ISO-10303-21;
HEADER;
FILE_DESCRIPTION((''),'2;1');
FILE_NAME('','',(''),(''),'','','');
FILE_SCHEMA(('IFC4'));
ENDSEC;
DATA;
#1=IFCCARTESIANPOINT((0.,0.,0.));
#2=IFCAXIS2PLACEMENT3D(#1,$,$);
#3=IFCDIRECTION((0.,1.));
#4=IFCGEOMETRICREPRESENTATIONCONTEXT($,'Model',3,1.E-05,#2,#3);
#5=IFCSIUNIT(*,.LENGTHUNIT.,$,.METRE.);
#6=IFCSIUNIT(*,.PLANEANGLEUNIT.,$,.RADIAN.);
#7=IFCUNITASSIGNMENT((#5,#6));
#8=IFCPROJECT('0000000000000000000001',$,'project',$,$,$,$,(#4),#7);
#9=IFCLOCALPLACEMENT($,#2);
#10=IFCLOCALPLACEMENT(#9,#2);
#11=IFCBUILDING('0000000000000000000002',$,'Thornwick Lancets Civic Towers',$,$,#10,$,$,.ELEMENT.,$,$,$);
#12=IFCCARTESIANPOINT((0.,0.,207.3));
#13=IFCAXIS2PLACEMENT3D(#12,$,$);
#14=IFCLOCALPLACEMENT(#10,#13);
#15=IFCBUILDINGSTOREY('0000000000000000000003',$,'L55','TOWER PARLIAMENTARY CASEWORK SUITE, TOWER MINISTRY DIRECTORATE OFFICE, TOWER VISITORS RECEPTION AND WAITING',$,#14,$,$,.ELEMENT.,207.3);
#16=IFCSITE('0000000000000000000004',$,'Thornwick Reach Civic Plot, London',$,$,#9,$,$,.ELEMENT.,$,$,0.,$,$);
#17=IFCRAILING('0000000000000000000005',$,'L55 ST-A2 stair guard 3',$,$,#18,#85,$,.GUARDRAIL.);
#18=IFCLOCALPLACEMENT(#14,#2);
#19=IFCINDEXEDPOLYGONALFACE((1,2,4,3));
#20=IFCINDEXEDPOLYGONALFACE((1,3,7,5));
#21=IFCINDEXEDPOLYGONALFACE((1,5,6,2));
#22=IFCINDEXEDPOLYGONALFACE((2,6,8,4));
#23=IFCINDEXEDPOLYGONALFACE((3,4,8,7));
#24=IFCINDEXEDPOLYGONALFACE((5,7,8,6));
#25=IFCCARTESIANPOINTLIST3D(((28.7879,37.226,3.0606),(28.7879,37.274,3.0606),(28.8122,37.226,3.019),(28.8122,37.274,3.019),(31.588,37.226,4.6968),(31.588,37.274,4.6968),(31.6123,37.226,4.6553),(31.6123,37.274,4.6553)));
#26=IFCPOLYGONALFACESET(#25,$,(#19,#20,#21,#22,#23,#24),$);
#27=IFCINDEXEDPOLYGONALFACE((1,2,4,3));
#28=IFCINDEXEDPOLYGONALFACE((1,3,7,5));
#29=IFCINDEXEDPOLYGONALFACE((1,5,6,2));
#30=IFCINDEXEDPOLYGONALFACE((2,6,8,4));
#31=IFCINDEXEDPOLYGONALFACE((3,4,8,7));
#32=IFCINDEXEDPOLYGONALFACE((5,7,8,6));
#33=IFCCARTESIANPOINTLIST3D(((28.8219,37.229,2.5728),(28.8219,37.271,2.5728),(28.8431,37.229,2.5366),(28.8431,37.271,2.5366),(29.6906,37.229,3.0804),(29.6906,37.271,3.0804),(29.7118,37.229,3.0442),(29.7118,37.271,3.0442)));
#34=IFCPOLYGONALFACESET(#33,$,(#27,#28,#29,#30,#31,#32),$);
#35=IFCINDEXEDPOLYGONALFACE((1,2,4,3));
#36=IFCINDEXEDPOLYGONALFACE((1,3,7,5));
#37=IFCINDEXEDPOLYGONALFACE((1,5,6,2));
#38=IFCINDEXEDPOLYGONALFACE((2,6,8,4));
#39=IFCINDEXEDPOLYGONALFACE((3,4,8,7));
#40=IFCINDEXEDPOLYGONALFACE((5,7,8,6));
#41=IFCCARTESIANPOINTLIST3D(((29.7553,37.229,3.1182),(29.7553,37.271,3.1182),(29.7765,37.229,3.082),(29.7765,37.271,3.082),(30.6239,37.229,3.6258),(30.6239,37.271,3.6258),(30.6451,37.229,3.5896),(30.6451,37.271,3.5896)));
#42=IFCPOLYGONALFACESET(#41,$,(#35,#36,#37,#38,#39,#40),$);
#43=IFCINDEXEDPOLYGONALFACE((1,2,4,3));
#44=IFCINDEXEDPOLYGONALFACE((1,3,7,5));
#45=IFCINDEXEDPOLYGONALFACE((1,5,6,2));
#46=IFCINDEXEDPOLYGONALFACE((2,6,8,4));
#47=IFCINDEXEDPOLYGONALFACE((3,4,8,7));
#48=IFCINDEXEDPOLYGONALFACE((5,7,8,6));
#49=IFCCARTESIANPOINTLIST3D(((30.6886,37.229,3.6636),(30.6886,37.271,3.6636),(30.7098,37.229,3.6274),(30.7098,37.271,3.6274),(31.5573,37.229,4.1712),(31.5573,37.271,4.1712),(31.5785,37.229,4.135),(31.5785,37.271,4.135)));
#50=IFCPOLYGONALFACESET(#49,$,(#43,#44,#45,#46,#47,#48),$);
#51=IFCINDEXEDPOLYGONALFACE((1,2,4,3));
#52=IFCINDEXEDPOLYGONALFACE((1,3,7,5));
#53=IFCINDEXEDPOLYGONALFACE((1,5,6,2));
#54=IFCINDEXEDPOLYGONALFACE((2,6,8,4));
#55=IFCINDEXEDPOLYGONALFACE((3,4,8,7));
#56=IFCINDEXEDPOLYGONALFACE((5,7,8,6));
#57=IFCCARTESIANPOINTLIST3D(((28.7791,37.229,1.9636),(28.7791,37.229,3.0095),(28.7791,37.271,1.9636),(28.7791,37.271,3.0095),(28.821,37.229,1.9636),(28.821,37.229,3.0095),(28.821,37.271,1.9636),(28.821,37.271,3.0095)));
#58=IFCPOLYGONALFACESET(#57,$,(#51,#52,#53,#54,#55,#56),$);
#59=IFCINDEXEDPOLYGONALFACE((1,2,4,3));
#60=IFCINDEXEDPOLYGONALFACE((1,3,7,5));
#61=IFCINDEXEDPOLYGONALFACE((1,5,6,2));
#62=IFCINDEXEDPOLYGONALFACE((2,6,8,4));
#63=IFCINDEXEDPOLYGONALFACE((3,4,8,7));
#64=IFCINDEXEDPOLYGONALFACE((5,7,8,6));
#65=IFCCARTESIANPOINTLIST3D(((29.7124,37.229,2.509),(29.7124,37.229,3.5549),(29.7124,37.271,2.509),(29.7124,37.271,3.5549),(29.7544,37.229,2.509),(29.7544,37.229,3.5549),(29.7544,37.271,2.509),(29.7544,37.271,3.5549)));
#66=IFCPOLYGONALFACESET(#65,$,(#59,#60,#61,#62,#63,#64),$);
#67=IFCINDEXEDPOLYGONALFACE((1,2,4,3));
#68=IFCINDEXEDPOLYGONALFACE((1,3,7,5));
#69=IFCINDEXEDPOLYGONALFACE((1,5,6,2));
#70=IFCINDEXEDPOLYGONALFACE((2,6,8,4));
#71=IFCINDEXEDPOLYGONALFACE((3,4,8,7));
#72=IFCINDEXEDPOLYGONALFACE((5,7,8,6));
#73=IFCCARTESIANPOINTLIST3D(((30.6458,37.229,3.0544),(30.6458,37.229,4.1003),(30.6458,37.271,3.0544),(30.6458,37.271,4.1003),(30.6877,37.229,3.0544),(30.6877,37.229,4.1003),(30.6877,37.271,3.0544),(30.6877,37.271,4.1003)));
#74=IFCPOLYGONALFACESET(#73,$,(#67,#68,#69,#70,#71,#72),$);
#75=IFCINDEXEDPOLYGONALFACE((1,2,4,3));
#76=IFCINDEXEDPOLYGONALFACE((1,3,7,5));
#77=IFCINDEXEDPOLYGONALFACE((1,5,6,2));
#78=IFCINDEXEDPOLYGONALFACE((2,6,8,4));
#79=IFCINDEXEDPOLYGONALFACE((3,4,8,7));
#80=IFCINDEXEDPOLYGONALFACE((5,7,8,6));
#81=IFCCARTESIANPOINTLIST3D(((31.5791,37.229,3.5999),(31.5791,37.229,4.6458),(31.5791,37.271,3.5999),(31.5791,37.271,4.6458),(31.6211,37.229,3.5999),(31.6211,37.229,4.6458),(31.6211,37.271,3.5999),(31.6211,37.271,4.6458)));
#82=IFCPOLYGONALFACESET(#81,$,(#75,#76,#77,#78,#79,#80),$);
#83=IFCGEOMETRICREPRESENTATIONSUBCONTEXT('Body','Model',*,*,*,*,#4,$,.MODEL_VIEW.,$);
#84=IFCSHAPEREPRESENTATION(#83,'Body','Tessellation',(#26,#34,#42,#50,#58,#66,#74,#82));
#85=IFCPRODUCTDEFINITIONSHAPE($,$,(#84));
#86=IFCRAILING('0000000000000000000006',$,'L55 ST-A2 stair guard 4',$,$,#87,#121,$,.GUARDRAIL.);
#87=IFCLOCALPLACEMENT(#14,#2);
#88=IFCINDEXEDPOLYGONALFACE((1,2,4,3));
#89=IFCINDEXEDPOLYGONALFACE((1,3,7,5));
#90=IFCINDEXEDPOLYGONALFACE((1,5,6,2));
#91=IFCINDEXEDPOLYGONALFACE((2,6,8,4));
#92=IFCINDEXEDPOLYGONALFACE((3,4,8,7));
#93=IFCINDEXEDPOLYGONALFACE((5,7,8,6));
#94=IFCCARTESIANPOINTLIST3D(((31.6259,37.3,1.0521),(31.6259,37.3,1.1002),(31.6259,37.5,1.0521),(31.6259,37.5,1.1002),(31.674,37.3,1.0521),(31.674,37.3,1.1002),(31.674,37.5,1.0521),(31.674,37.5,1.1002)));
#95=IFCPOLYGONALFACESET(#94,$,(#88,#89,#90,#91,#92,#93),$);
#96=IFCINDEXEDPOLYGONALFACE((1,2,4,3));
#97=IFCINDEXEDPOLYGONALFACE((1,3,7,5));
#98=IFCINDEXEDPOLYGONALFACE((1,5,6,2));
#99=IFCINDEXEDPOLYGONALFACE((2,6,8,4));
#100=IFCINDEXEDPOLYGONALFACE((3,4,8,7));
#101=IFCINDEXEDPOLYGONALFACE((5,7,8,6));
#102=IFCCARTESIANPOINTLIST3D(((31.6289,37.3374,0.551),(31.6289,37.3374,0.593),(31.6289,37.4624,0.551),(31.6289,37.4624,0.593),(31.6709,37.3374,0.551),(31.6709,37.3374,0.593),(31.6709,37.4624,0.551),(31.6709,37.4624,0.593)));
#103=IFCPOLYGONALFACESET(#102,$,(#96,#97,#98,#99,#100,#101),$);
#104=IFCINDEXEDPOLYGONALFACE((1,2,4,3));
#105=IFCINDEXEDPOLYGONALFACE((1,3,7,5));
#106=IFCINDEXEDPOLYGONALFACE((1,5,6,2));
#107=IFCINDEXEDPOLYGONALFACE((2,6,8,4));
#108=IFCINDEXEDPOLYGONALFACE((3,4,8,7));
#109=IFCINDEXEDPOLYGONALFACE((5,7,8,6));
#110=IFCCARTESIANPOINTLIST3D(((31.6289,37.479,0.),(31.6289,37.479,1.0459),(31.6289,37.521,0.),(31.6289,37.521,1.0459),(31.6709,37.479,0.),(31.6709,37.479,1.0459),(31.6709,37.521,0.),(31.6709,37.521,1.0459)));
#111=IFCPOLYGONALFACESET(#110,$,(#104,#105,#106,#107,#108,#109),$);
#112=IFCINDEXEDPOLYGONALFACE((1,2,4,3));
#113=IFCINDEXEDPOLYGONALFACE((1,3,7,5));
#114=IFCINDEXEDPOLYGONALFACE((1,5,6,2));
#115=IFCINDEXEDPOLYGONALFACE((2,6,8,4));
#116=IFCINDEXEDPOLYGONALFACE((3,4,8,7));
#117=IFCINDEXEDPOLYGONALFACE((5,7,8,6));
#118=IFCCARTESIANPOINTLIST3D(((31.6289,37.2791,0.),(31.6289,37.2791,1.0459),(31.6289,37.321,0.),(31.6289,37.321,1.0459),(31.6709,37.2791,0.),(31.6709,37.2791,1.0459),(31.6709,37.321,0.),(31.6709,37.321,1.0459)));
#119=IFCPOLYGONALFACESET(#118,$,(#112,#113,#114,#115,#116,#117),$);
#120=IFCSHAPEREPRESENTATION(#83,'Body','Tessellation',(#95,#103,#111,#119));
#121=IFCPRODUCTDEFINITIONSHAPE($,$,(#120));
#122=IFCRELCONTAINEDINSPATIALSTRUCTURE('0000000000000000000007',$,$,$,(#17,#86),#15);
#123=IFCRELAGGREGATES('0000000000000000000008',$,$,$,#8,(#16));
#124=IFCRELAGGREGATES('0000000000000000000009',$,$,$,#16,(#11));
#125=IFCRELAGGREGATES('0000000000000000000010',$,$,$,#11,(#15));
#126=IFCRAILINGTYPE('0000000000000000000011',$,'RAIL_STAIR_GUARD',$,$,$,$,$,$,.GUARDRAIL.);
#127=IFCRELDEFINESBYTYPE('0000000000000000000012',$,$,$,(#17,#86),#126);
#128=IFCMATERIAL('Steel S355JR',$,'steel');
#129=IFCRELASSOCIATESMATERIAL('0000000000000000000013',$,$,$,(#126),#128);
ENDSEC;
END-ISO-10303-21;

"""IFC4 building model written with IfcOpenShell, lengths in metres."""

from ifc_helpers import new_model, si_unit, direction, frame, origin, origin_2d, place, context, subcontext, project, spatial, rectangle, extrude, material, type_object, element, save


model = new_model("IFC4")

# Units and contexts
model_context = context("Model", 3, precision=1e-05, world=origin(), true_north=direction((0.0, 1.0)))
body_context = subcontext(model_context, "Body", "Model", "MODEL_VIEW")
ifc_project = project(units=[si_unit("LENGTHUNIT", "METRE"), si_unit("PLANEANGLEUNIT", "RADIAN")], contexts=[model_context])

# Site, building, storey
site_placement = place(None, origin())
site = spatial("IfcSite", under=ifc_project, at=site_placement, Name="Thornwick Reach Civic Plot, London", CompositionType="ELEMENT", RefElevation=0.0)
building_placement = place(site_placement, origin())
building = spatial("IfcBuilding", under=site, at=building_placement, Name="Thornwick Lancets Civic Towers", CompositionType="ELEMENT")
storey_placement = place(building_placement, frame((0.0, 0.0, 207.3)))
storey = spatial("IfcBuildingStorey", under=building, at=storey_placement, Name="L55", Description="TOWER PARLIAMENTARY CASEWORK SUITE, TOWER MINISTRY DIRECTORATE OFFICE, TOWER VISITORS RECEPTION AND WAITING", CompositionType="ELEMENT", Elevation=207.3)

# Shared definitions
ifc_material_1 = material(Name="Steel S355JR", Category="steel")

# Railings
railing_type_1 = type_object("IfcRailingType", Name="RAIL_STAIR_GUARD", PredefinedType="GUARDRAIL", material=ifc_material_1)
railing_1_placement = place(storey_placement, frame((28.8, 37.25, 1.9636)))
element("IfcRailing", 1, at=railing_1_placement, inside=storey, type_object=railing_type_1, Name="L55 ST-A2 stair guard 3", PredefinedType="GUARDRAIL", context=body_context, shape_type="SweptSolid", body=[
    extrude(rectangle(XDim=0.0481, YDim=0.0481, at=origin_2d()), frame((0.0, 0.0, 1.0762), z_axis=(0.863394, 0.0, 0.504531), x_axis=(0.0, 1.0, 0.0)), (0.0, 0.0, 1.0), 3.2432),
    extrude(rectangle(XDim=0.042, YDim=0.042, at=origin_2d()), frame((0.0325, 0.0, 0.5911), z_axis=(0.863394, 0.0, 0.504531), x_axis=(0.0, 1.0, 0.0)), (0.0, 0.0, 1.0), 1.0061),
    extrude(rectangle(XDim=0.042, YDim=0.042, at=origin_2d()), frame((0.9658, 0.0, 1.1365), z_axis=(0.863394, 0.0, 0.504531), x_axis=(0.0, 1.0, 0.0)), (0.0, 0.0, 1.0), 1.0061),
    extrude(rectangle(XDim=0.042, YDim=0.042, at=origin_2d()), frame((1.8992, 0.0, 1.6819), z_axis=(0.863394, 0.0, 0.504531), x_axis=(0.0, 1.0, 0.0)), (0.0, 0.0, 1.0), 1.0061),
    extrude(rectangle(XDim=0.042, YDim=0.042, at=origin_2d()), origin(), (0.0, 0.0, 1.0), 1.0459),
    extrude(rectangle(XDim=0.042, YDim=0.042, at=origin_2d()), frame((0.9333, 0.0, 0.5454)), (0.0, 0.0, 1.0), 1.0459),
    extrude(rectangle(XDim=0.042, YDim=0.042, at=origin_2d()), frame((1.8667, 0.0, 1.0908)), (0.0, 0.0, 1.0), 1.0459),
    extrude(rectangle(XDim=0.042, YDim=0.042, at=origin_2d()), frame((2.8, 0.0, 1.6362)), (0.0, 0.0, 1.0), 1.0459),
])
railing_2_placement = place(storey_placement, frame((31.6499, 37.5, 0.0)))
element("IfcRailing", 2, at=railing_2_placement, inside=storey, type_object=railing_type_1, Name="L55 ST-A2 stair guard 4", PredefinedType="GUARDRAIL", context=body_context, shape_type="SweptSolid", body=[
    extrude(rectangle(XDim=0.0481, YDim=0.0481, at=origin_2d()), frame((0.0, 0.0, 1.0762), z_axis=(0.0, -1.0, 0.0), x_axis=(1.0, 0.0, 0.0)), (0.0, 0.0, 1.0), 0.2),
    extrude(rectangle(XDim=0.042, YDim=0.042, at=origin_2d()), frame((0.0, -0.0376, 0.572), z_axis=(0.0, -1.0, 0.0), x_axis=(1.0, 0.0, 0.0)), (0.0, 0.0, 1.0), 0.125),
    extrude(rectangle(XDim=0.042, YDim=0.042, at=origin_2d()), origin(), (0.0, 0.0, 1.0), 1.0459),
    extrude(rectangle(XDim=0.042, YDim=0.042, at=origin_2d()), frame((0.0, -0.2, 0.0)), (0.0, 0.0, 1.0), 1.0459),
])

save(model, "model.ifc")
